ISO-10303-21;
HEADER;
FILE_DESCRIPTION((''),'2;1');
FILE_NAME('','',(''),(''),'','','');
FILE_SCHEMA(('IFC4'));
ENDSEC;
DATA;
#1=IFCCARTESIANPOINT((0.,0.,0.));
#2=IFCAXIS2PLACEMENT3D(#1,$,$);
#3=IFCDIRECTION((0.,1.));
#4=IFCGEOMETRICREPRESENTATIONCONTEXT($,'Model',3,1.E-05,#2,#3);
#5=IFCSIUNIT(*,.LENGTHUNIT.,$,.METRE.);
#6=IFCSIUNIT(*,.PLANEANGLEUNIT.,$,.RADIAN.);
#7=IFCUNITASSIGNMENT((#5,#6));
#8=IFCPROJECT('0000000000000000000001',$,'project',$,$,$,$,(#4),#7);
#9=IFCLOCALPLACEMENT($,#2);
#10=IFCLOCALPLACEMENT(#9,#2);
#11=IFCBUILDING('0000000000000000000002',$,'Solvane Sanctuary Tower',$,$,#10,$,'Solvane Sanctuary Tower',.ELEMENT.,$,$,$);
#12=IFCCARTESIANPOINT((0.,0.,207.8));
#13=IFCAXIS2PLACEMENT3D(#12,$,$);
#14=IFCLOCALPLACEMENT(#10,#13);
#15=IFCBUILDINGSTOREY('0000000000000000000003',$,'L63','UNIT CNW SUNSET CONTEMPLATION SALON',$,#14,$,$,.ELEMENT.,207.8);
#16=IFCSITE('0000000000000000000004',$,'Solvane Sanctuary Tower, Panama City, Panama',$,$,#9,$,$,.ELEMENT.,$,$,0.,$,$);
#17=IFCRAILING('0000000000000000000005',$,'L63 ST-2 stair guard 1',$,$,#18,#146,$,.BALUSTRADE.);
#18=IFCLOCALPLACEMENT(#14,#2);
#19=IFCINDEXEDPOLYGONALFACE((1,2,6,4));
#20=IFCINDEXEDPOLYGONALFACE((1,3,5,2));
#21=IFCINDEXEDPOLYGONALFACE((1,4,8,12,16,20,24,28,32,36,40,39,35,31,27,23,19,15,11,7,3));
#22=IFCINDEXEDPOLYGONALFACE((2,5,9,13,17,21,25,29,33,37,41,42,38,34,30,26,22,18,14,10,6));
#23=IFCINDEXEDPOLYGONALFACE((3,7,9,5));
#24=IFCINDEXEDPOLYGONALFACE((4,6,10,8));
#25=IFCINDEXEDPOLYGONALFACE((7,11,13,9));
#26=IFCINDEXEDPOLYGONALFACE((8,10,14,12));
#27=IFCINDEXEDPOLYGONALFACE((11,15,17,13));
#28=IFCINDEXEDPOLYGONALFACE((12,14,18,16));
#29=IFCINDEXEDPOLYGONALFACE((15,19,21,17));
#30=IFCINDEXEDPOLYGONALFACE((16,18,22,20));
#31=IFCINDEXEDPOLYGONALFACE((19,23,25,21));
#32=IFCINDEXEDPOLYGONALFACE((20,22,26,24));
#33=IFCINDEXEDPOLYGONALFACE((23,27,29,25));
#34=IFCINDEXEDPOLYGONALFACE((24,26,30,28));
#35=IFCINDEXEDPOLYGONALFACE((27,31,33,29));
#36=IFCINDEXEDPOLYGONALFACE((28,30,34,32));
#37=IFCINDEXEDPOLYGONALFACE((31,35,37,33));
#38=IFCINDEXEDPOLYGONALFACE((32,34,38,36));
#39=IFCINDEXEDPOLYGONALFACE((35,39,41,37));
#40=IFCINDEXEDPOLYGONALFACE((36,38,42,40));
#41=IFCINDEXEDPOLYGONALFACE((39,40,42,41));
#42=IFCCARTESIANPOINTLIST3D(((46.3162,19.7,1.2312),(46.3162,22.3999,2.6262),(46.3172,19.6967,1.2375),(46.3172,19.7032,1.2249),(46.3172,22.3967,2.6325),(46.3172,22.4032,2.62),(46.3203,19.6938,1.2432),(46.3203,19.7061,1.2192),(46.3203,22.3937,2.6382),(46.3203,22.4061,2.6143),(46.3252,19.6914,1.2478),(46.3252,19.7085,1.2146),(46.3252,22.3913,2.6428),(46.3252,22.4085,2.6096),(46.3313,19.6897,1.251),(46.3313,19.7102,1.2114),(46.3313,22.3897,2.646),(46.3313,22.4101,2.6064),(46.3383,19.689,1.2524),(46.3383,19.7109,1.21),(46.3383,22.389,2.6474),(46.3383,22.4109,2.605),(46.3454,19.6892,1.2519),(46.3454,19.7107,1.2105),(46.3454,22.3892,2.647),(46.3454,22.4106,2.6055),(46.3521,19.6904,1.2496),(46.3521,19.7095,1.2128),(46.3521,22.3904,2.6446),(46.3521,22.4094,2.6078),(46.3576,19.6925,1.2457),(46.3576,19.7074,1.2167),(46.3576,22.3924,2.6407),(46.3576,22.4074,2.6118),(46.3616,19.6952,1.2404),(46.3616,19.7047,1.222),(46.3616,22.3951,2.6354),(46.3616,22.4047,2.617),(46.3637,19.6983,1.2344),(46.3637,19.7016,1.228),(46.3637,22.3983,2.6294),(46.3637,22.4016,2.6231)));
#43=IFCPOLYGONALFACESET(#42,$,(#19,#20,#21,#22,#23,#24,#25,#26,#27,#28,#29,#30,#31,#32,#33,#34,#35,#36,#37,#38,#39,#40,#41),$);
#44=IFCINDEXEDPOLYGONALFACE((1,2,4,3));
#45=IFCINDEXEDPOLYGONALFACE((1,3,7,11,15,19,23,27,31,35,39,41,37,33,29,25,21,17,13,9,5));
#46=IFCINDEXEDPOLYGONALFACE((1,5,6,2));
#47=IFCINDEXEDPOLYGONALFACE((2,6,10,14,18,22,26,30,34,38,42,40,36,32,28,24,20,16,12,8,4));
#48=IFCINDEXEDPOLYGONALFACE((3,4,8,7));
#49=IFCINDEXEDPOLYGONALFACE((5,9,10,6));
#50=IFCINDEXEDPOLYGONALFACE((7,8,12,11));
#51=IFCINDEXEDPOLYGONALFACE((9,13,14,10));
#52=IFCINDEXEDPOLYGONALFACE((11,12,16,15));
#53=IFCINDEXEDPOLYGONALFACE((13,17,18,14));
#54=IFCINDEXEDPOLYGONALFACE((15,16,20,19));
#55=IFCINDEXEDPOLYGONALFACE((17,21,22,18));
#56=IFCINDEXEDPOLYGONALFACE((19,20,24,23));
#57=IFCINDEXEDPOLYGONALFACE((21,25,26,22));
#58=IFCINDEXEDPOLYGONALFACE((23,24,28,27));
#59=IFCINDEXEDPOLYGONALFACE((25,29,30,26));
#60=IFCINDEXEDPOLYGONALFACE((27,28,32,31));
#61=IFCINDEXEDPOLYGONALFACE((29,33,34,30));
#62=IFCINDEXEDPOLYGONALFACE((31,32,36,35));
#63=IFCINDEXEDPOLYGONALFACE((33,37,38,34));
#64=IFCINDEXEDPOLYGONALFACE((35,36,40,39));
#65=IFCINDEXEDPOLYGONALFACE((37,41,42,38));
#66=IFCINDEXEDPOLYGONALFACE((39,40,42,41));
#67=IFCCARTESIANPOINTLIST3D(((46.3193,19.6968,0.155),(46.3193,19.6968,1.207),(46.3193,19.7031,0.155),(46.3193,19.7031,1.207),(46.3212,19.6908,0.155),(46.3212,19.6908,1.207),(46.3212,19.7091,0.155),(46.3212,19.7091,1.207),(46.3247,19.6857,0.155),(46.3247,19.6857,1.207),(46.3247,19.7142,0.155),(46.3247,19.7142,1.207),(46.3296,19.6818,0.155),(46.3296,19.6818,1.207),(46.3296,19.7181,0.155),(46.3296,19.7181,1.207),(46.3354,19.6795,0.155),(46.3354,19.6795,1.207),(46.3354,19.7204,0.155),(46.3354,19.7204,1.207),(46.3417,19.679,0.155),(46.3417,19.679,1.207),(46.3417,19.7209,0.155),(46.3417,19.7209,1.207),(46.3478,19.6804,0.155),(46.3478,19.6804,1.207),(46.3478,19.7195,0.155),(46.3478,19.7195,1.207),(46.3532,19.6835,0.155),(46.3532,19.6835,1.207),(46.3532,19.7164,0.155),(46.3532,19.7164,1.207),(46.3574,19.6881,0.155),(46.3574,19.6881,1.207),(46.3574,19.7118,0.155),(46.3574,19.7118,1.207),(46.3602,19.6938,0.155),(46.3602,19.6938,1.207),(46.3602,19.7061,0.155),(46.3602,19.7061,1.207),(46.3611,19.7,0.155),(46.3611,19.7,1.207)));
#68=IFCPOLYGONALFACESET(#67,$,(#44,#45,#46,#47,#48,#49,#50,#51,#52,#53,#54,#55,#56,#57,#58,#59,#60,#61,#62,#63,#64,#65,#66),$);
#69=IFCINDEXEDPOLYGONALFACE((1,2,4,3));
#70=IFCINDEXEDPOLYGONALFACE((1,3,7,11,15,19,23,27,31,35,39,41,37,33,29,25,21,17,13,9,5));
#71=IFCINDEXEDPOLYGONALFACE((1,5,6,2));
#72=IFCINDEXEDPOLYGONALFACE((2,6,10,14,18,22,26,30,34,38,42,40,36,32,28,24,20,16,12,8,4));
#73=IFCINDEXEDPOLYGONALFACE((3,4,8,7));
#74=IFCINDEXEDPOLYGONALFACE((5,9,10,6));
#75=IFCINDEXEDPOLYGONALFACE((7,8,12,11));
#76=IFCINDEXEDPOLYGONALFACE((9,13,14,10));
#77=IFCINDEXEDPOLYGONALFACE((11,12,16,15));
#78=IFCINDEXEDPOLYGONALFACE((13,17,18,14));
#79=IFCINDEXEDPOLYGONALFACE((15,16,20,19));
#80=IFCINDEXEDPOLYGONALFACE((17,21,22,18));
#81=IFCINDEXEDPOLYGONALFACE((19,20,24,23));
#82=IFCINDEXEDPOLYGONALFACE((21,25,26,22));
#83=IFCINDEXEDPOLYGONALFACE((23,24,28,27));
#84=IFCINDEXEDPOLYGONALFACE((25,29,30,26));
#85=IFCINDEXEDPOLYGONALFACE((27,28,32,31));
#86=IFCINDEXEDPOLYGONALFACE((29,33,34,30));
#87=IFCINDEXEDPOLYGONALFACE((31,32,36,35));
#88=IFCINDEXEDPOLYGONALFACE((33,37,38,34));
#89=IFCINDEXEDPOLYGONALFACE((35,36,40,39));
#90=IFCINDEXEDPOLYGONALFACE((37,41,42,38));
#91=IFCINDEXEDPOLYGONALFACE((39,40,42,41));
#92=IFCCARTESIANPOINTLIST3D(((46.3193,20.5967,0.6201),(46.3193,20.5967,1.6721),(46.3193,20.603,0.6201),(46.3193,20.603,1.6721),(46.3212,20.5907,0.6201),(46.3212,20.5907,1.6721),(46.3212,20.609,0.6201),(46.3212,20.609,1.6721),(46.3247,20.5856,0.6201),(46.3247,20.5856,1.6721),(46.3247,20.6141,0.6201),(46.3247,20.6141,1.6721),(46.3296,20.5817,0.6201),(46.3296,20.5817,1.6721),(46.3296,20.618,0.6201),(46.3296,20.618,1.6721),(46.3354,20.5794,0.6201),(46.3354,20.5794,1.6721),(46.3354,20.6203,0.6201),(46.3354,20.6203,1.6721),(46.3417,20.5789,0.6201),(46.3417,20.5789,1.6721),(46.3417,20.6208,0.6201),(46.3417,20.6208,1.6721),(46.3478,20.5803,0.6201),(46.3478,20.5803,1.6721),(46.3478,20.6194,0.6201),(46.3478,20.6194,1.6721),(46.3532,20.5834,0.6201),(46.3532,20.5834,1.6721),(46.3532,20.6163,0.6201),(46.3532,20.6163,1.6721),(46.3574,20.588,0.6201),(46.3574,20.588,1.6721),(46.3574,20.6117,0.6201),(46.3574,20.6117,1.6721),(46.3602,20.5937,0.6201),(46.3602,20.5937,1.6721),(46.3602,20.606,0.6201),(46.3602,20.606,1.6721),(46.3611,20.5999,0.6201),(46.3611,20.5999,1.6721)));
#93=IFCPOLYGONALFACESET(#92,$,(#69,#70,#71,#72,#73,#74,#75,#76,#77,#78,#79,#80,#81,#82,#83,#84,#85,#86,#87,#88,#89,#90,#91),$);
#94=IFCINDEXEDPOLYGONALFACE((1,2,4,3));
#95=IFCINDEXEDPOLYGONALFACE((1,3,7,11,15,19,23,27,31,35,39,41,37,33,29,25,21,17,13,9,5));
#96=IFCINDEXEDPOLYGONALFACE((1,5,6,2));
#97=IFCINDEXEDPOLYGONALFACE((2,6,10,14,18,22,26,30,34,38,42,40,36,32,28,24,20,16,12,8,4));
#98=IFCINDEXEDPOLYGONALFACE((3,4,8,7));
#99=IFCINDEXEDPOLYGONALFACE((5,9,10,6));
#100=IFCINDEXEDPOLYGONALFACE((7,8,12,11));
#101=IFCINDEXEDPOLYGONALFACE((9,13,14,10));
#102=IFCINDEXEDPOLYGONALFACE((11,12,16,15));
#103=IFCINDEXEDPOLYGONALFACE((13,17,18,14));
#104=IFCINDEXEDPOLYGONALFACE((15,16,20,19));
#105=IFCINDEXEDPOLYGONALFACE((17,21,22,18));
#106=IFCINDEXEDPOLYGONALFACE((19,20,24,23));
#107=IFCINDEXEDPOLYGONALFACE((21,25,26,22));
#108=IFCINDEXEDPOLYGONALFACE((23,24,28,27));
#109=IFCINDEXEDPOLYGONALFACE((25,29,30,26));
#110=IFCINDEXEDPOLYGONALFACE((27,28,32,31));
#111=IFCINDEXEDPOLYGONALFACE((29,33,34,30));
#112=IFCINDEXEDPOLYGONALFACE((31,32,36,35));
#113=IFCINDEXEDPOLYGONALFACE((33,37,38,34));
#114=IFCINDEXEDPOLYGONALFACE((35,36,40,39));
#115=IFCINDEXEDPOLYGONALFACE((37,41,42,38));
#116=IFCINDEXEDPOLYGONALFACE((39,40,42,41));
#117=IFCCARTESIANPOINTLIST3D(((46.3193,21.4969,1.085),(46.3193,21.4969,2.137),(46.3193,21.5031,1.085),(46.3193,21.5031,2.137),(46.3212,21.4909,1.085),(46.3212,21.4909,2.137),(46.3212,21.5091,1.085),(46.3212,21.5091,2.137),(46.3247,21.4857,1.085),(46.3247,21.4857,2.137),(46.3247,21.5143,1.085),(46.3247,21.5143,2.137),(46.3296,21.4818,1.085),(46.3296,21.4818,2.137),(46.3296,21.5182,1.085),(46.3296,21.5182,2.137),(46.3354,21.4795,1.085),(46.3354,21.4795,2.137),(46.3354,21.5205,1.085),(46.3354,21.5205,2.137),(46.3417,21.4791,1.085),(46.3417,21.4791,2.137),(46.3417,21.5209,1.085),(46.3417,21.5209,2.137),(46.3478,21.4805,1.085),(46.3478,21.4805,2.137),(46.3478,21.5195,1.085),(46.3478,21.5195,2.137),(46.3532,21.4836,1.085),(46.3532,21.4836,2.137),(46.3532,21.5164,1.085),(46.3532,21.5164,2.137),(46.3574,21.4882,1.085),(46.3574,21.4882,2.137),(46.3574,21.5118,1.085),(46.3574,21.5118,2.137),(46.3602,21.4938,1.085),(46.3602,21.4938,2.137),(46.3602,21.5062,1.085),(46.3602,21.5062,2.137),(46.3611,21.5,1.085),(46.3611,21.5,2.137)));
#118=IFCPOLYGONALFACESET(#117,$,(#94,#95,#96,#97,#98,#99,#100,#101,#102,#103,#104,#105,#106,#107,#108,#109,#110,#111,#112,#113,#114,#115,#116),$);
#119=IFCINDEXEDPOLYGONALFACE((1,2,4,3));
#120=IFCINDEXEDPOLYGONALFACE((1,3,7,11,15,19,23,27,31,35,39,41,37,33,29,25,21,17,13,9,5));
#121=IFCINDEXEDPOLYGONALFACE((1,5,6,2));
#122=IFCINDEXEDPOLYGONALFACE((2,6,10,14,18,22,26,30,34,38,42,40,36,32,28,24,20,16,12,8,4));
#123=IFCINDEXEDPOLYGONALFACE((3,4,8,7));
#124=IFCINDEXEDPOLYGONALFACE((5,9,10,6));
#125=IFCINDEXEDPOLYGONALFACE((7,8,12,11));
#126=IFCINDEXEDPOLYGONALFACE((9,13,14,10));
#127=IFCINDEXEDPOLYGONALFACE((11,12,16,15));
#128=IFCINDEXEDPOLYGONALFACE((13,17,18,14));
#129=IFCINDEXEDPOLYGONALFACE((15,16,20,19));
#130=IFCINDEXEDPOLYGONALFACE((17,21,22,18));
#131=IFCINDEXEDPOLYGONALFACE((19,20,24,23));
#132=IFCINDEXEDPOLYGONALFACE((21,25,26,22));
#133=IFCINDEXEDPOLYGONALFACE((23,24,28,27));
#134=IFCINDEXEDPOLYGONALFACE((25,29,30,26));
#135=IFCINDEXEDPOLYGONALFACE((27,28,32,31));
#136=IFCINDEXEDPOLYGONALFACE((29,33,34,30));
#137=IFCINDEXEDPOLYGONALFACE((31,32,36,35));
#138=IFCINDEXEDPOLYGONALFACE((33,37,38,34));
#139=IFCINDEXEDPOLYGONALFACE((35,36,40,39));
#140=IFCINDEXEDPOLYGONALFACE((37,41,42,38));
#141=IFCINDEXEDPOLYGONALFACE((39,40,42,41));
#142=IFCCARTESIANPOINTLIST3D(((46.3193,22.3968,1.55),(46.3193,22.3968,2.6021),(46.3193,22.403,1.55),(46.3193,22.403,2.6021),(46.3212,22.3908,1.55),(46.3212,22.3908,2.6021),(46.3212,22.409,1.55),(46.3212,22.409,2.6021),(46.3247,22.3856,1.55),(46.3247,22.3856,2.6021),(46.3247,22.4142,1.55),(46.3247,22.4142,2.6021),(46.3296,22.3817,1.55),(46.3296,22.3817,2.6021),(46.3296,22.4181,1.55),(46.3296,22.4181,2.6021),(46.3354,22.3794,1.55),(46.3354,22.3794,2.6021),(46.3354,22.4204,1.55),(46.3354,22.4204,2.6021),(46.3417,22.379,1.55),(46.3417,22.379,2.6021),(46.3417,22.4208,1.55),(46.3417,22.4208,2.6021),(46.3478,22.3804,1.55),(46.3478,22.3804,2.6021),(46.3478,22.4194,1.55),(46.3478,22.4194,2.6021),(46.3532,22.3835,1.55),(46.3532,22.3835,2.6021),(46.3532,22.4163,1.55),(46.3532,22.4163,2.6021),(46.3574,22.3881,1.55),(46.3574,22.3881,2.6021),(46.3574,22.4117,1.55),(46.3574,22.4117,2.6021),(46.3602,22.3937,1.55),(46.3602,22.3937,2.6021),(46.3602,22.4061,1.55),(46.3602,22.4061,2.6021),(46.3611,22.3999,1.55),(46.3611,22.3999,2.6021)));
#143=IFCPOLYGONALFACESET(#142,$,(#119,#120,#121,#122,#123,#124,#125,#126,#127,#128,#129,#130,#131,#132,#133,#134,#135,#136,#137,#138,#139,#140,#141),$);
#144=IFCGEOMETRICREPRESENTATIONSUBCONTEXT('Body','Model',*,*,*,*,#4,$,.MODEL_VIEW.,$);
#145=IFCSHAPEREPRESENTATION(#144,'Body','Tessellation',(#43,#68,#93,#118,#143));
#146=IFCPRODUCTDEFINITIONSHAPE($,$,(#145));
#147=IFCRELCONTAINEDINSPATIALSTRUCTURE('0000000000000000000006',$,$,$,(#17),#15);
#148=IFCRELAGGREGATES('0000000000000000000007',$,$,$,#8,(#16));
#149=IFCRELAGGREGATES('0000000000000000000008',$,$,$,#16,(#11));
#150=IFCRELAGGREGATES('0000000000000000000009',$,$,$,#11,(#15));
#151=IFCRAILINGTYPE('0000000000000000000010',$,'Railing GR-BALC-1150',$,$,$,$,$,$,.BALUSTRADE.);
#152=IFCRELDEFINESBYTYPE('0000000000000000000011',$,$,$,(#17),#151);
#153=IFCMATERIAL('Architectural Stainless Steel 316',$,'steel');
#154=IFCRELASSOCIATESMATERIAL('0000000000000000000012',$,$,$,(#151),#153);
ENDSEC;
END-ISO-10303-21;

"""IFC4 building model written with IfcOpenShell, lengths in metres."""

from ifc_helpers import new_model, si_unit, direction, frame, origin, origin_2d, place, context, subcontext, project, spatial, circle, extrude, material, type_object, element, save


model = new_model("IFC4")

# Units and contexts
model_context = context("Model", 3, precision=1e-05, world=origin(), true_north=direction((0.0, 1.0)))
body_context = subcontext(model_context, "Body", "Model", "MODEL_VIEW")
ifc_project = project(units=[si_unit("LENGTHUNIT", "METRE"), si_unit("PLANEANGLEUNIT", "RADIAN")], contexts=[model_context])

# Site, building, storey
site_placement = place(None, origin())
site = spatial("IfcSite", under=ifc_project, at=site_placement, Name="Solvane Sanctuary Tower, Panama City, Panama", CompositionType="ELEMENT", RefElevation=0.0)
building_placement = place(site_placement, origin())
building = spatial("IfcBuilding", under=site, at=building_placement, Name="Solvane Sanctuary Tower", LongName="Solvane Sanctuary Tower", CompositionType="ELEMENT")
storey_placement = place(building_placement, frame((0.0, 0.0, 207.8)))
storey = spatial("IfcBuildingStorey", under=building, at=storey_placement, Name="L63", Description="UNIT CNW SUNSET CONTEMPLATION SALON", CompositionType="ELEMENT", Elevation=207.8)

# Shared definitions
ifc_material_1 = material(Name="Architectural Stainless Steel 316", Category="steel")

# Railing
railing_type_1 = type_object("IfcRailingType", Name="Railing GR-BALC-1150", PredefinedType="BALUSTRADE", material=ifc_material_1)
railing_1_placement = place(storey_placement, frame((46.3401, 19.7, 0.155)))
element("IfcRailing", 1, at=railing_1_placement, inside=storey, type_object=railing_type_1, Name="L63 ST-2 stair guard 1", PredefinedType="BALUSTRADE", context=body_context, shape_type="SweptSolid", body=[
    extrude(circle(Radius=0.0239, at=origin_2d()), frame((0.0, 0.0, 1.0762), z_axis=(0.0, 0.88842, 0.459032), x_axis=(-1.0, 0.0, 0.0)), (0.0, 0.0, 1.0), 3.0391),
    extrude(circle(Radius=0.021, at=origin_2d()), origin(), (0.0, 0.0, 1.0), 1.052),
    extrude(circle(Radius=0.021, at=origin_2d()), frame((0.0, 0.8999, 0.4651)), (0.0, 0.0, 1.0), 1.052),
    extrude(circle(Radius=0.021, at=origin_2d()), frame((0.0, 1.8, 0.9299)), (0.0, 0.0, 1.0), 1.052),
    extrude(circle(Radius=0.021, at=origin_2d()), frame((0.0, 2.7, 1.395)), (0.0, 0.0, 1.0), 1.052),
])

save(model, "model.ifc")
